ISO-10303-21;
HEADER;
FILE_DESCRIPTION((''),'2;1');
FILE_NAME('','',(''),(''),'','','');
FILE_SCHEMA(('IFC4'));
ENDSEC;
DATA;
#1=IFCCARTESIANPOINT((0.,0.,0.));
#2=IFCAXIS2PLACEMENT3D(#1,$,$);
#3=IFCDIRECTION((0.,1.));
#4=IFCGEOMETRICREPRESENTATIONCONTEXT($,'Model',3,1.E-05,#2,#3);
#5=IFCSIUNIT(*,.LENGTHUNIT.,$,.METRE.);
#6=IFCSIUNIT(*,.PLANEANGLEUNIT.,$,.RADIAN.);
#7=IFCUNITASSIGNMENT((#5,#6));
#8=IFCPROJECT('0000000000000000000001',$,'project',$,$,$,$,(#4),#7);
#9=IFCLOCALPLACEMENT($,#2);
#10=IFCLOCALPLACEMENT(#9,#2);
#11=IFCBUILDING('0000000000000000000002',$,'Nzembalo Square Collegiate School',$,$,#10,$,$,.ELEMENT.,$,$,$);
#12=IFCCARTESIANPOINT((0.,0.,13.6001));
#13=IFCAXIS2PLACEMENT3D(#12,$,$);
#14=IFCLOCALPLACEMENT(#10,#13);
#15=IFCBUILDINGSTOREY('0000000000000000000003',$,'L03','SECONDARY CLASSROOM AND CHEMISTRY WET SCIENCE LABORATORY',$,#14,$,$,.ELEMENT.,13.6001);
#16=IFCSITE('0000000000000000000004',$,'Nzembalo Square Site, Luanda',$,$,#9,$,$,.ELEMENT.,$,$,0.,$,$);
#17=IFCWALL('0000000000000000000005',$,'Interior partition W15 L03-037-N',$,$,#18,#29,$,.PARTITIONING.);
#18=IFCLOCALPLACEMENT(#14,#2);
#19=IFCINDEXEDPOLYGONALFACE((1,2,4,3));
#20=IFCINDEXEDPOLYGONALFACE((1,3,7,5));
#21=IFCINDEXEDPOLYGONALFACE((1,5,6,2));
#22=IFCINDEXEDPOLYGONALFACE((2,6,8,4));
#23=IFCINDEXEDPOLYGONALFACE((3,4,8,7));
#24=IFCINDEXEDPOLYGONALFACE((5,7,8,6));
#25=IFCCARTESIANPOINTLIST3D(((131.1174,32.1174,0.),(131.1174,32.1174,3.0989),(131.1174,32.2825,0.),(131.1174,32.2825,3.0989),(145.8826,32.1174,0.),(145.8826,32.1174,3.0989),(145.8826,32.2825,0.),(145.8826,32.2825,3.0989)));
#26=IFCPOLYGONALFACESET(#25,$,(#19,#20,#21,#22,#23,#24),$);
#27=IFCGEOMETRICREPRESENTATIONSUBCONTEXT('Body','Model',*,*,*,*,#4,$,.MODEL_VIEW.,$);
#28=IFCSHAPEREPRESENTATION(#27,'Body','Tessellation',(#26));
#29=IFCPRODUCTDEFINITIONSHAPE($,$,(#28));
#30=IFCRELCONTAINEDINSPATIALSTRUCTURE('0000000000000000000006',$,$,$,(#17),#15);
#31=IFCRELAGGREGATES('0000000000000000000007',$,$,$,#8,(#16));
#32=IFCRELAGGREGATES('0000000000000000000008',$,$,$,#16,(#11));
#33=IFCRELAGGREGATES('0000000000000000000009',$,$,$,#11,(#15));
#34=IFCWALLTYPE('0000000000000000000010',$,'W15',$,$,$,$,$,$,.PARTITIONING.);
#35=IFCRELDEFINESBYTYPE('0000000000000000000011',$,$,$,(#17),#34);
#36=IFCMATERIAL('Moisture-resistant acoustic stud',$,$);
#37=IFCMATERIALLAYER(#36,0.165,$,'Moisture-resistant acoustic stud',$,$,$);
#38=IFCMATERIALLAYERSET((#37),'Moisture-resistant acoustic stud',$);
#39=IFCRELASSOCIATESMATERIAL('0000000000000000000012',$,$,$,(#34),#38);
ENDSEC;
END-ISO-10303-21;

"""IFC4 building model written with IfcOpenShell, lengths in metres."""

from ifc_helpers import new_model, si_unit, direction, frame, frame_2d, origin, place, context, subcontext, project, spatial, rectangle, extrude, material, layer, layer_set, type_object, element, save


model = new_model("IFC4")

# Units and contexts
model_context = context("Model", 3, precision=1e-05, world=origin(), true_north=direction((0.0, 1.0)))
body_context = subcontext(model_context, "Body", "Model", "MODEL_VIEW")
ifc_project = project(units=[si_unit("LENGTHUNIT", "METRE"), si_unit("PLANEANGLEUNIT", "RADIAN")], contexts=[model_context])

# Site, building, storey
site_placement = place(None, origin())
site = spatial("IfcSite", under=ifc_project, at=site_placement, Name="Nzembalo Square Site, Luanda", CompositionType="ELEMENT", RefElevation=0.0)
building_placement = place(site_placement, origin())
building = spatial("IfcBuilding", under=site, at=building_placement, Name="Nzembalo Square Collegiate School", CompositionType="ELEMENT")
storey_placement = place(building_placement, frame((0.0, 0.0, 13.6001)))
storey = spatial("IfcBuildingStorey", under=building, at=storey_placement, Name="L03", Description="SECONDARY CLASSROOM AND CHEMISTRY WET SCIENCE LABORATORY", CompositionType="ELEMENT", Elevation=13.6001)

# Wall
ifc_material_1 = material(Name="Moisture-resistant acoustic stud")
ifc_layer_1 = layer(ifc_material_1, 0.165, Name="Moisture-resistant acoustic stud")
ifc_layer_set_1 = layer_set([ifc_layer_1], Name="Moisture-resistant acoustic stud")
wall_type_1 = type_object("IfcWallType", Name="W15", PredefinedType="PARTITIONING", material=ifc_layer_set_1)
wall_1_placement = place(storey_placement, frame((131.1174, 32.2, 0.0), z_axis=(0.0, 0.0, 1.0), x_axis=(1.0, 0.0, 0.0)))
element("IfcWall", 1, at=wall_1_placement, inside=storey, type_object=wall_type_1, Name="Interior partition W15 L03-037-N", PredefinedType="PARTITIONING", context=body_context, shape_type="SweptSolid", body=[
    extrude(rectangle(XDim=14.7651, YDim=0.165, at=frame_2d((7.3826, 0.0))), origin(), (0.0, 0.0, 1.0), 3.0989),
])

save(model, "model.ifc")
